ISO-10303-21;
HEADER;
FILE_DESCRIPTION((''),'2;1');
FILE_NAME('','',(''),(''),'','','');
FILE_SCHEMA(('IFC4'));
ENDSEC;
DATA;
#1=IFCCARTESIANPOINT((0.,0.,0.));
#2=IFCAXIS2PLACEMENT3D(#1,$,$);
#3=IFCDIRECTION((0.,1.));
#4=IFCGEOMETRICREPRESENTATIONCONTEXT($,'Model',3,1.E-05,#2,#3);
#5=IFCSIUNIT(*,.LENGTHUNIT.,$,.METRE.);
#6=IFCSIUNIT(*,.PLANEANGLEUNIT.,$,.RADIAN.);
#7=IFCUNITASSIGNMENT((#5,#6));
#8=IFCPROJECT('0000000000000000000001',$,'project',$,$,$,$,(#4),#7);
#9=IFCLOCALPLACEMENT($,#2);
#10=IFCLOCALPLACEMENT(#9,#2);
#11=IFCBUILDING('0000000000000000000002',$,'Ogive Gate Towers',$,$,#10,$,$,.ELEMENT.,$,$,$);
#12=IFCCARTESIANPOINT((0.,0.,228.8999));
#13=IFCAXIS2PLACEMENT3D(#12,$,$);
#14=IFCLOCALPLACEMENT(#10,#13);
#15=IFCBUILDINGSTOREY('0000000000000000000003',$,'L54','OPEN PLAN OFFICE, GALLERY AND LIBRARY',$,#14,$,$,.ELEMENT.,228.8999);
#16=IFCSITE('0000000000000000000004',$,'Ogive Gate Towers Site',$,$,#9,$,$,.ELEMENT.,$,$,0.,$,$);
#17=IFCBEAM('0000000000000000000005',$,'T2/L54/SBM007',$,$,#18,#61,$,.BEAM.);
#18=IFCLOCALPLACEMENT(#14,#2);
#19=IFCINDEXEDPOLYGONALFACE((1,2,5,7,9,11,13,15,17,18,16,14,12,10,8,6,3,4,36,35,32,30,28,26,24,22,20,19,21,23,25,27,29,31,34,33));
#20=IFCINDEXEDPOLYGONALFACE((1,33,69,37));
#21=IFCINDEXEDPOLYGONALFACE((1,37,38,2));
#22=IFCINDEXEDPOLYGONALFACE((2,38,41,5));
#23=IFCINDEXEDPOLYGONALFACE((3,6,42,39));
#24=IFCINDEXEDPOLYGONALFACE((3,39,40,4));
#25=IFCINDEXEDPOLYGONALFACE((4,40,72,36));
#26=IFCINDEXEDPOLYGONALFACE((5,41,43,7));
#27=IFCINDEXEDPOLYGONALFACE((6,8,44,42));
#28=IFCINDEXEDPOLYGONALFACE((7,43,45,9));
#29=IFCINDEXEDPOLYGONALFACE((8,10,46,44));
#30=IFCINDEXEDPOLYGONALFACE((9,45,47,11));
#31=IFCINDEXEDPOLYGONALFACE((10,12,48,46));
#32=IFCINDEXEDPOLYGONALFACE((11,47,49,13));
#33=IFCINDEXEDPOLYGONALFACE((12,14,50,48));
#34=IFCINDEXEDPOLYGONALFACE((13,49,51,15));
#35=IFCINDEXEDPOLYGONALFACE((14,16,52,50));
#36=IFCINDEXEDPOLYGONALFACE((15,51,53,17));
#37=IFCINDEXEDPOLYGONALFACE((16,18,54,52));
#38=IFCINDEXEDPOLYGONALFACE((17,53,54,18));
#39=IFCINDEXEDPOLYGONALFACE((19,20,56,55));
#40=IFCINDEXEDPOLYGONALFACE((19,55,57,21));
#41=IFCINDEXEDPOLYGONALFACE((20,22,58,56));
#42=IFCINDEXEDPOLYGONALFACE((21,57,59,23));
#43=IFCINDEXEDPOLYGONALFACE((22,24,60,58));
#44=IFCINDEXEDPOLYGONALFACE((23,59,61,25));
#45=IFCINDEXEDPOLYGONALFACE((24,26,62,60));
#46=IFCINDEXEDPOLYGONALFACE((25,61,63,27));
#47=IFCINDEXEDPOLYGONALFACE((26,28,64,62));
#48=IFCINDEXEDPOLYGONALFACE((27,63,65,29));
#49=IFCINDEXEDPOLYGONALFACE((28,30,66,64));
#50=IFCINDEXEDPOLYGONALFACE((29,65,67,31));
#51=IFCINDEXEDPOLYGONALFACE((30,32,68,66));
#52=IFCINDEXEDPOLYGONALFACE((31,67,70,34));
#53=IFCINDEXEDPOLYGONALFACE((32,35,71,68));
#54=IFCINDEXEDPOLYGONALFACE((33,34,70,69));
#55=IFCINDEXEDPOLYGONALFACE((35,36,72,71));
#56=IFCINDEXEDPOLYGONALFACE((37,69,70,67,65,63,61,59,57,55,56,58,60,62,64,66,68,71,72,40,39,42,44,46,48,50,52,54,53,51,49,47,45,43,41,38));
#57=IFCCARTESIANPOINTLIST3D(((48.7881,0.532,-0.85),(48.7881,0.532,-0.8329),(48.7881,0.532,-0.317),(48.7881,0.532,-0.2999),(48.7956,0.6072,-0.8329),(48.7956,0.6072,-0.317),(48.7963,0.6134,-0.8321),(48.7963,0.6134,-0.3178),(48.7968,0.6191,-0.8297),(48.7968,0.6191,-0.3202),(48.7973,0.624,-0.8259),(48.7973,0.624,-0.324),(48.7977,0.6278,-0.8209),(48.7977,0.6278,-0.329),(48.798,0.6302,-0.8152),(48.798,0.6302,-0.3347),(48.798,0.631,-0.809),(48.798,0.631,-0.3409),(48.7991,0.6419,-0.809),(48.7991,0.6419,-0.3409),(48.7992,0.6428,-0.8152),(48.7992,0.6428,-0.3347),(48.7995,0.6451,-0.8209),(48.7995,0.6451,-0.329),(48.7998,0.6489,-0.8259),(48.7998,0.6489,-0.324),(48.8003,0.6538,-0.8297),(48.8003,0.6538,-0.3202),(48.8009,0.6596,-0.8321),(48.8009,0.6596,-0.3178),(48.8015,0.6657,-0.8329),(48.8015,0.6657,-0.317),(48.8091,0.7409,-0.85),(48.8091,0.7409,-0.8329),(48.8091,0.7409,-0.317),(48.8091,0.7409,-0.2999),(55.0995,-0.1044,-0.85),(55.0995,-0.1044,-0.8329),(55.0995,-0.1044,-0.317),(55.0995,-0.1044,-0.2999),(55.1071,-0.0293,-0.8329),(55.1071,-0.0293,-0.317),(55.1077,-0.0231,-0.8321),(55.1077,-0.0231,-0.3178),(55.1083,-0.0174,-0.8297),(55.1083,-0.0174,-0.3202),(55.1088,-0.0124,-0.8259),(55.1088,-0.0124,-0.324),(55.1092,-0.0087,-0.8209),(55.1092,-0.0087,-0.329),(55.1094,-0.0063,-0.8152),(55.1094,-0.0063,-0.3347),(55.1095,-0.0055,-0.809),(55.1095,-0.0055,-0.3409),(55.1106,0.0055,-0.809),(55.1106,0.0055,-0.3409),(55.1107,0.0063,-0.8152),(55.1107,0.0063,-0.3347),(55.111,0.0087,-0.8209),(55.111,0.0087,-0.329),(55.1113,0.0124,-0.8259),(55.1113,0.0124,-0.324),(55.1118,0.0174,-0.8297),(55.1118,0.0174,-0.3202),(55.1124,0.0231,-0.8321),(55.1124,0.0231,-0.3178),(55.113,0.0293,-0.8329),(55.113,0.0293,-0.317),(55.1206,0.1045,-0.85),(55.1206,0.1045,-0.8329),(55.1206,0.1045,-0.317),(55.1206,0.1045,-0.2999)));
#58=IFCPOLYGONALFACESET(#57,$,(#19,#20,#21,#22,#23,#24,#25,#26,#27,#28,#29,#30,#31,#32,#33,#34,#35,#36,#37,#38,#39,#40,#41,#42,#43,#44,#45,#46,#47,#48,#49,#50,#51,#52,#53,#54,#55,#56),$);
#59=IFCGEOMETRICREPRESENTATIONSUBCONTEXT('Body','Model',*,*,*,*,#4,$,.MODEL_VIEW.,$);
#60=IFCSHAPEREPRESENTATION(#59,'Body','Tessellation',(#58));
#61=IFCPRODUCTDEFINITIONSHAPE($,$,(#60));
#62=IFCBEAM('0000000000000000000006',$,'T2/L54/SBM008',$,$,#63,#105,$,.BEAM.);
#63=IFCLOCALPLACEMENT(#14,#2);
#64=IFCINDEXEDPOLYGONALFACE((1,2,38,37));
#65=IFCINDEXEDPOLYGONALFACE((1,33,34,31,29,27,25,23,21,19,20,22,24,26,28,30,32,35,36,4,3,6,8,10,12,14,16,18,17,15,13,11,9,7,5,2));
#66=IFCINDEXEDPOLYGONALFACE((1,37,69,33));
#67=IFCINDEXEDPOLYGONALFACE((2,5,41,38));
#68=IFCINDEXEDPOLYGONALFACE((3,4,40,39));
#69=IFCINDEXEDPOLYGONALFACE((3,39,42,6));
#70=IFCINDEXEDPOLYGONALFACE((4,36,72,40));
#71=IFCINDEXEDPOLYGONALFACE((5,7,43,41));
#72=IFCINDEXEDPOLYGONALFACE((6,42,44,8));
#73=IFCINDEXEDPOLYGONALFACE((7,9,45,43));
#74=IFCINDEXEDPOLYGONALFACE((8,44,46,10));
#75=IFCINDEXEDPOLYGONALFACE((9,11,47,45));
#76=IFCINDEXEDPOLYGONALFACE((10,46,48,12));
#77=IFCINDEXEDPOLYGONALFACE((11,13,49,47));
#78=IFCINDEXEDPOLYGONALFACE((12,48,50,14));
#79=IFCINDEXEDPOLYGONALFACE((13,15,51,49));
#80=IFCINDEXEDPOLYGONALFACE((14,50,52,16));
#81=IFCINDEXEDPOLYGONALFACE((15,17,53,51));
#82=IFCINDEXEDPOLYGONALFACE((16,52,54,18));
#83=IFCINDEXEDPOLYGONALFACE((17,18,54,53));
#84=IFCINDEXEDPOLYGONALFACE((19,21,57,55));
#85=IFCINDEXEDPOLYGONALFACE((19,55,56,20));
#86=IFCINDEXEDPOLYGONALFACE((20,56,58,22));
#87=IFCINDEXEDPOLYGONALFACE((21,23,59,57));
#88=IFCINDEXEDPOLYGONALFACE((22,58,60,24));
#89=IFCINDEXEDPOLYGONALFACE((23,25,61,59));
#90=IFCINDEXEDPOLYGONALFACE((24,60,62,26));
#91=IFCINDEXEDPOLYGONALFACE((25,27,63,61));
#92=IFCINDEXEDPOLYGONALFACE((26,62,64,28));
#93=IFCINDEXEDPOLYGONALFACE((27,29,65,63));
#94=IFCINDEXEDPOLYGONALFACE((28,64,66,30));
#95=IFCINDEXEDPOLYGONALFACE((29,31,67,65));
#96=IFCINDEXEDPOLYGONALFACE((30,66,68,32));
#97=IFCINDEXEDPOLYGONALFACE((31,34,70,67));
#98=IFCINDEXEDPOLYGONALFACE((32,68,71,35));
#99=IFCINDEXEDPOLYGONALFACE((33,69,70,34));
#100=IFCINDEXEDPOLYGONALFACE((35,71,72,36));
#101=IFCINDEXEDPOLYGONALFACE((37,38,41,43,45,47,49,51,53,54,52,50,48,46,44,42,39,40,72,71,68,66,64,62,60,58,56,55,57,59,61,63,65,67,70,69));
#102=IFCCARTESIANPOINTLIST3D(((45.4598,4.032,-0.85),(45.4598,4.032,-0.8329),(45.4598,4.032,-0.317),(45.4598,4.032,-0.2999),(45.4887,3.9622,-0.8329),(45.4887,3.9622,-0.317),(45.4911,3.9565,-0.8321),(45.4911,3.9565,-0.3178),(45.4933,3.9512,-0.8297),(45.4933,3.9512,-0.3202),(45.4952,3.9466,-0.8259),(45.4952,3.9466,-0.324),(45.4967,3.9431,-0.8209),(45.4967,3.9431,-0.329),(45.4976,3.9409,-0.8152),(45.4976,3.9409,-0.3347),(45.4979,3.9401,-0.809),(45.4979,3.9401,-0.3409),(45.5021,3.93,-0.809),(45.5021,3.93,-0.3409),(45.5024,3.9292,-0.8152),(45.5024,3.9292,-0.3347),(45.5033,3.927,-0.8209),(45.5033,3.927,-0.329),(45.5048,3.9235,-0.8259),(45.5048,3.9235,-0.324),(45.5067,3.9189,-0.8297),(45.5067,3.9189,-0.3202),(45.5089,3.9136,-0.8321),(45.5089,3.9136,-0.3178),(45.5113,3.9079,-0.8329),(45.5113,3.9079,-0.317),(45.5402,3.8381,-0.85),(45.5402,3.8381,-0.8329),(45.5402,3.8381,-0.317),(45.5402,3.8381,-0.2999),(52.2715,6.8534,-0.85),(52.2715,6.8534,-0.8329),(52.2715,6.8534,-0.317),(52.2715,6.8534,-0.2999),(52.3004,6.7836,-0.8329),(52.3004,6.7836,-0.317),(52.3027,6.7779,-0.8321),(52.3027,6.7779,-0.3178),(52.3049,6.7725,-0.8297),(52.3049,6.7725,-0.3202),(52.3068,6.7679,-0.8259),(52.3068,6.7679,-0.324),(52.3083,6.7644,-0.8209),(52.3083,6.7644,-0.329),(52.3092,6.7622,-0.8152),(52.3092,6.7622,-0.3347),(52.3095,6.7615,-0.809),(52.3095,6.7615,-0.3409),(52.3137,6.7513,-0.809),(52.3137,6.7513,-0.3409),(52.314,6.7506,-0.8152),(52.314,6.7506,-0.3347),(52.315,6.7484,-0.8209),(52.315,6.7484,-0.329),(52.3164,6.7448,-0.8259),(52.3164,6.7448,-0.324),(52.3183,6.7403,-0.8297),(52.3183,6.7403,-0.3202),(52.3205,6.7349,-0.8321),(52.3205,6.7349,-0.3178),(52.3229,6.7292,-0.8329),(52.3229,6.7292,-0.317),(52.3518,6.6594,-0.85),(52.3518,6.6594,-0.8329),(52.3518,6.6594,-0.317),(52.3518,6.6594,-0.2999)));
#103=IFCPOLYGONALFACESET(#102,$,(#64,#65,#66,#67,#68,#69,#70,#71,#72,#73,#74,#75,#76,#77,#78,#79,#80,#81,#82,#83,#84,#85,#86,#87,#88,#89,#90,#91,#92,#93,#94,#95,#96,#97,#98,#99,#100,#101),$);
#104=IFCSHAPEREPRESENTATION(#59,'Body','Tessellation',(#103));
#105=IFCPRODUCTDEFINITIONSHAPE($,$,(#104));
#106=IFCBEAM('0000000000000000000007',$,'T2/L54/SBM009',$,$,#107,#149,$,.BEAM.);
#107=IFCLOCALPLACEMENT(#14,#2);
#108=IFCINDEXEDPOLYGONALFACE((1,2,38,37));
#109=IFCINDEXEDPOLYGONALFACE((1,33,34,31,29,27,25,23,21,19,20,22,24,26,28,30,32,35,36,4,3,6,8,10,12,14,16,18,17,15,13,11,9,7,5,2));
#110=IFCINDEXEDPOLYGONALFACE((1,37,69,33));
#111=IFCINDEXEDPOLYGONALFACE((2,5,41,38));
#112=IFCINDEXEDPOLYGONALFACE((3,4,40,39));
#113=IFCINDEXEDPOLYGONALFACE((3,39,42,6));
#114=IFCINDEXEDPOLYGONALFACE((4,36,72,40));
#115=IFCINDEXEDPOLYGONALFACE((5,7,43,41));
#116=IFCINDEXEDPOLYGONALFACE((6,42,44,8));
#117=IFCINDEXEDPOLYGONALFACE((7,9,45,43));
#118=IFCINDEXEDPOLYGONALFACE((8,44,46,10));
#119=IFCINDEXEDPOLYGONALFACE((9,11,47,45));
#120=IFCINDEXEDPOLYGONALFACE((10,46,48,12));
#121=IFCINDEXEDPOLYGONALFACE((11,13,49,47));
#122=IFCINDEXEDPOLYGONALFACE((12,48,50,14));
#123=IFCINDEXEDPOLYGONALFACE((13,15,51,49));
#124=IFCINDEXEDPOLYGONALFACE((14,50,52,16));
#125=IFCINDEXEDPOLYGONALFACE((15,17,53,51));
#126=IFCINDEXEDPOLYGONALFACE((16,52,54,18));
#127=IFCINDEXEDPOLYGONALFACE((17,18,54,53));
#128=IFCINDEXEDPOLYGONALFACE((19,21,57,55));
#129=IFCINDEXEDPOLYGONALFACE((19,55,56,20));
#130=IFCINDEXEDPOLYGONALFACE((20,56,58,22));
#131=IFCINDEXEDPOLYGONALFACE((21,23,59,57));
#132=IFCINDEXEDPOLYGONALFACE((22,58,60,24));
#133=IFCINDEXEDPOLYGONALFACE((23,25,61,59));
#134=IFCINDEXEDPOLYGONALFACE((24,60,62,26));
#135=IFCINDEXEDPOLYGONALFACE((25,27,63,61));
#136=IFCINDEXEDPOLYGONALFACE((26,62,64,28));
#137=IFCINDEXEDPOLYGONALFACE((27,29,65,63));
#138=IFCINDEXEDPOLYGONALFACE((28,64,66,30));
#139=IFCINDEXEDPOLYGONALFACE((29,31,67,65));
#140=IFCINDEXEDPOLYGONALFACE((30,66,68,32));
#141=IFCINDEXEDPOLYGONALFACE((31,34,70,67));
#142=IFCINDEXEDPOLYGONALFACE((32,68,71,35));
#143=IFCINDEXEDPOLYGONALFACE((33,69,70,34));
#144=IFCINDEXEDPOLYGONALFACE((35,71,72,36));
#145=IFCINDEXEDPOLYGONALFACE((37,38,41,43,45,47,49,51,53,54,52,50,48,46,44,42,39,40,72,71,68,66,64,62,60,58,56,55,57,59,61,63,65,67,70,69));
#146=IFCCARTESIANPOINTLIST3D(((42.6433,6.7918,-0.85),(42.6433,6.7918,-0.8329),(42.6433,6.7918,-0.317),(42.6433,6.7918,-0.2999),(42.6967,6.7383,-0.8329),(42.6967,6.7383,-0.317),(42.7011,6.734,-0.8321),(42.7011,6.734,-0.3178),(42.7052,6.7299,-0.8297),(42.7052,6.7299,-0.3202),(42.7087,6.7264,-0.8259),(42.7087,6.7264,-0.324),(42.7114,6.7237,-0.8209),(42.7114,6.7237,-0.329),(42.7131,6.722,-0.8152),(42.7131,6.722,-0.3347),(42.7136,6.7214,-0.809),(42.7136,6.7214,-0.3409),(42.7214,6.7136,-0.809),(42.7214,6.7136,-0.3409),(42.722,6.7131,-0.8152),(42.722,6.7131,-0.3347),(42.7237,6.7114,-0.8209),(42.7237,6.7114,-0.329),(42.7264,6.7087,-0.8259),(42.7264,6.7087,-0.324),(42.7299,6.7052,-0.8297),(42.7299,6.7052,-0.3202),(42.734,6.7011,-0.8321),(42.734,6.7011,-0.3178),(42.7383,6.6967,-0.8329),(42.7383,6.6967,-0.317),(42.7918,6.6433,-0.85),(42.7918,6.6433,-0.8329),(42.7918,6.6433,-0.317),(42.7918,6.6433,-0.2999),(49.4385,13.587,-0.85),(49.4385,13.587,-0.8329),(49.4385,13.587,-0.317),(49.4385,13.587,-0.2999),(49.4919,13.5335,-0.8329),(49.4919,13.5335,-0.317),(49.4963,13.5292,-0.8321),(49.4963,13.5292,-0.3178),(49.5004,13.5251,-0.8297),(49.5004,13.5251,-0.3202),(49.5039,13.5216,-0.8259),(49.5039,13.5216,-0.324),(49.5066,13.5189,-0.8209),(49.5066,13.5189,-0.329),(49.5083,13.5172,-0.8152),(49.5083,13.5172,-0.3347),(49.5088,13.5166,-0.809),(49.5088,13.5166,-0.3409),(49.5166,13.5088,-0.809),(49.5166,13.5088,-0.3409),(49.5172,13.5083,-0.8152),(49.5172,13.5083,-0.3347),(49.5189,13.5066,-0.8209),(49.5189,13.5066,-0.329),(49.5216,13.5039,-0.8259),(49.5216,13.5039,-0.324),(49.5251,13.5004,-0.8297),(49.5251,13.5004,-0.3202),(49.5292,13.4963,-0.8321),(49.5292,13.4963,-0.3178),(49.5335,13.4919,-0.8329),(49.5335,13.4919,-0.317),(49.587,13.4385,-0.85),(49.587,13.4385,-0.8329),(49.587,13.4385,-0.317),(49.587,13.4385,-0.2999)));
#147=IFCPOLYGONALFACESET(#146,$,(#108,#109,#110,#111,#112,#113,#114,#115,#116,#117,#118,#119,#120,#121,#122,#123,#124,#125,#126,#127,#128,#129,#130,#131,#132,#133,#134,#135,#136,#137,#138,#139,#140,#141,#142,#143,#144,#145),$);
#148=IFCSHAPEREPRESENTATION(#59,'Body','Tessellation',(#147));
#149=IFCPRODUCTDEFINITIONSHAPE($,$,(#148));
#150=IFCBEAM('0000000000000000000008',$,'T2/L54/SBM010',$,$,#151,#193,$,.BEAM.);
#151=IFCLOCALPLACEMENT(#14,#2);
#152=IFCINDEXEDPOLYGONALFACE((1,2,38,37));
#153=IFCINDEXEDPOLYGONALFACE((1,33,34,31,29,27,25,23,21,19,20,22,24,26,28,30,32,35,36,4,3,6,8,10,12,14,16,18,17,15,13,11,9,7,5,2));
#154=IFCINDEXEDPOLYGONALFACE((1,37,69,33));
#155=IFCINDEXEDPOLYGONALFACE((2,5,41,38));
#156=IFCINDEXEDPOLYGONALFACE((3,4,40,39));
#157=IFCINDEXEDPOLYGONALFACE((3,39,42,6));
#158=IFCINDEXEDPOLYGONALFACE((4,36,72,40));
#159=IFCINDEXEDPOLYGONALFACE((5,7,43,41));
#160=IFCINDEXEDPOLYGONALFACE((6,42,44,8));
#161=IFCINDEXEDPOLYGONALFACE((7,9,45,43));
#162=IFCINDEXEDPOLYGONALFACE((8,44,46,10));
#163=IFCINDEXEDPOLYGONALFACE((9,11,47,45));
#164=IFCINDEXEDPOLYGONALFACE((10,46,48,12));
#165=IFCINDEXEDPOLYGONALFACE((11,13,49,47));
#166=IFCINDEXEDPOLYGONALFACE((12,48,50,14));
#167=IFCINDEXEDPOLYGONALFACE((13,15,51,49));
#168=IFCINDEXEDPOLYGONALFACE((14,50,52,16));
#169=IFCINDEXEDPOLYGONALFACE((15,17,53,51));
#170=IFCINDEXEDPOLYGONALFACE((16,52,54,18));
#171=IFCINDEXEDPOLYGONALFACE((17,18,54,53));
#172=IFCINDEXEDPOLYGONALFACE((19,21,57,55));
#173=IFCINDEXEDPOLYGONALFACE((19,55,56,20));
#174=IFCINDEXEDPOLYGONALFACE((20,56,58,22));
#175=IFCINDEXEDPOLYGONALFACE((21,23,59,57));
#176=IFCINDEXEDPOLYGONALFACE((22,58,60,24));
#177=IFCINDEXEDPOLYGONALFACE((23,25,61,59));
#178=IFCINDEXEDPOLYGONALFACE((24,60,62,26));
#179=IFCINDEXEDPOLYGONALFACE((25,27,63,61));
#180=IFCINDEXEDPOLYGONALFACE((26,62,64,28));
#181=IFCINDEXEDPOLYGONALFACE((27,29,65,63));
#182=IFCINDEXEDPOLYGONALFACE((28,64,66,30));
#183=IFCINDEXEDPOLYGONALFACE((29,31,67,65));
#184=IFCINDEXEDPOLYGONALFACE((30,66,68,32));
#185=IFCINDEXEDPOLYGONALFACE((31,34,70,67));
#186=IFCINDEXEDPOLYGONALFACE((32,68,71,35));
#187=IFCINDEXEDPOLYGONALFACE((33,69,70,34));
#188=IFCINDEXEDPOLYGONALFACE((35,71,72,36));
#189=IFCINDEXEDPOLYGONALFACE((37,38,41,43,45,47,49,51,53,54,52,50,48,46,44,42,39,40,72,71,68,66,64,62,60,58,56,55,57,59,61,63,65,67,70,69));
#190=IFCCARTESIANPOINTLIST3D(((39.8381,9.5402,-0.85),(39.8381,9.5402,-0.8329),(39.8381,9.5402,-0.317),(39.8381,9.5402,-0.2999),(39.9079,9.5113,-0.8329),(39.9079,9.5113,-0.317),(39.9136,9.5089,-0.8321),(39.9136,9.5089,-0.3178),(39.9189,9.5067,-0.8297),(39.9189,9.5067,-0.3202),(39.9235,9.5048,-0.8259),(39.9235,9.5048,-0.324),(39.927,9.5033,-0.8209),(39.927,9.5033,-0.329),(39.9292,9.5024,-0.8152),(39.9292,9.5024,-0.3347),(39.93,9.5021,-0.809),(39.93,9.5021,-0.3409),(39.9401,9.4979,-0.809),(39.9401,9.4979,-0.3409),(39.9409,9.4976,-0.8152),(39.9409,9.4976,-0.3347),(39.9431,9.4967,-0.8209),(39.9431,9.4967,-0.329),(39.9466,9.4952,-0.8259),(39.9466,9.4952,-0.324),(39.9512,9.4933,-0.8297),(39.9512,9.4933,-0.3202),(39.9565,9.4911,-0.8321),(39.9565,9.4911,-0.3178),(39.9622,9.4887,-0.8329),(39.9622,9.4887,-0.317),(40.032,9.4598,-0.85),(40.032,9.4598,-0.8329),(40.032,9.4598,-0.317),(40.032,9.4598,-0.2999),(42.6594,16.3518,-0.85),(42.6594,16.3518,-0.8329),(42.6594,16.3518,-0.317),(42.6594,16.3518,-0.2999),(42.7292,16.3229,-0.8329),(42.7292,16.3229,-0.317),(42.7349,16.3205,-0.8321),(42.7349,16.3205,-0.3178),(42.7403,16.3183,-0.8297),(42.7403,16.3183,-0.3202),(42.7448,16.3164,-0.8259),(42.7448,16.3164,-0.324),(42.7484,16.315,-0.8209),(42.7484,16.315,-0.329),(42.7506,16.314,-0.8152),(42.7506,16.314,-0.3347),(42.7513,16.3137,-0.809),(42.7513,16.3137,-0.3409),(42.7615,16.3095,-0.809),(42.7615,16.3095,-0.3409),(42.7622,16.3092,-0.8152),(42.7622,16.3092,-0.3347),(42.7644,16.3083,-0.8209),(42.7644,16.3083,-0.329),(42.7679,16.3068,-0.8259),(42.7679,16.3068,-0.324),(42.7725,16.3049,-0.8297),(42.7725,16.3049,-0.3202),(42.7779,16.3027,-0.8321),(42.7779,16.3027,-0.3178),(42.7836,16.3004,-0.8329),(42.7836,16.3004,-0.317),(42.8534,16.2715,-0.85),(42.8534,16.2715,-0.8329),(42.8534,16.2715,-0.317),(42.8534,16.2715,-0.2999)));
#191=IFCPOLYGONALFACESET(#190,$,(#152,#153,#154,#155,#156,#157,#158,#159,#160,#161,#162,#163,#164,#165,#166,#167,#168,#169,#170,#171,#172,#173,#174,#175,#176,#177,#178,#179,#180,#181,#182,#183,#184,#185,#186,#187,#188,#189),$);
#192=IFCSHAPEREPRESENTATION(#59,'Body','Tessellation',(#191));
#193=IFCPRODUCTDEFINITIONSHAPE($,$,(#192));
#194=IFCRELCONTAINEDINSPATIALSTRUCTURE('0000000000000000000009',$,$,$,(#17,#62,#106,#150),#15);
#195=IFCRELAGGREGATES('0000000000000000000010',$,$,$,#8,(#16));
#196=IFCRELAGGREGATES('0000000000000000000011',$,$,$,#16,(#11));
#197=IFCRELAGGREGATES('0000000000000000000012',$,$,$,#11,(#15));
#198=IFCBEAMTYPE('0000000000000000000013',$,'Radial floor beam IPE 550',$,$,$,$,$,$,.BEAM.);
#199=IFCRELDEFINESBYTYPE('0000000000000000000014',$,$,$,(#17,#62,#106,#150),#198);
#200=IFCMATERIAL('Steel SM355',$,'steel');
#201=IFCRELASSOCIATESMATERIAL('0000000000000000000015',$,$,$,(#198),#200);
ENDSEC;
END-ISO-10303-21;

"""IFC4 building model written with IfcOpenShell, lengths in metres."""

from ifc_helpers import new_model, si_unit, direction, frame, origin, origin_2d, place, context, subcontext, project, spatial, i_section, extrude, material, material_profile, profile_set, type_object, element, save


model = new_model("IFC4")

# Units and contexts
model_context = context("Model", 3, precision=1e-05, world=origin(), true_north=direction((0.0, 1.0)))
body_context = subcontext(model_context, "Body", "Model", "MODEL_VIEW")
ifc_project = project(units=[si_unit("LENGTHUNIT", "METRE"), si_unit("PLANEANGLEUNIT", "RADIAN")], contexts=[model_context])

# Site, building, storey
site_placement = place(None, origin())
site = spatial("IfcSite", under=ifc_project, at=site_placement, Name="Ogive Gate Towers Site", CompositionType="ELEMENT", RefElevation=0.0)
building_placement = place(site_placement, origin())
building = spatial("IfcBuilding", under=site, at=building_placement, Name="Ogive Gate Towers", CompositionType="ELEMENT")
storey_placement = place(building_placement, frame((0.0, 0.0, 228.8999)))
storey = spatial("IfcBuildingStorey", under=building, at=storey_placement, Name="L54", Description="OPEN PLAN OFFICE, GALLERY AND LIBRARY", CompositionType="ELEMENT", Elevation=228.8999)

# Beams
ifc_material_1 = material(Name="Steel SM355", Category="steel")
ifc_material_profile_1 = material_profile(ifc_material_1, i_section(OverallWidth=0.21, OverallDepth=0.55, WebThickness=0.011, FlangeThickness=0.0171, FilletRadius=0.0239, at=origin_2d()), Name="IPE 550")
ifc_profile_set_1 = profile_set([ifc_material_profile_1], Name="Steel SM355")
beam_type = type_object("IfcBeamType", Name="Radial floor beam IPE 550", PredefinedType="BEAM", material=ifc_profile_set_1)
beam_1_placement = place(storey_placement, frame((48.7986, 0.6365, -0.575), z_axis=(0.994954, -0.100334, 0.0), x_axis=(0.100334, 0.994954, 0.0)))
element("IfcBeam", 1, at=beam_1_placement, inside=storey, type_object=beam_type, Name="T2/L54/SBM007", PredefinedType="BEAM", context=body_context, shape_type="SweptSolid", body=[
    extrude(i_section(OverallWidth=0.21, OverallDepth=0.55, WebThickness=0.011, FlangeThickness=0.0171, FilletRadius=0.0239, at=origin_2d()), origin(), (0.0, 0.0, 1.0), 6.3435),
])
beam_2_placement = place(storey_placement, frame((45.5, 3.9351, -0.575), z_axis=(0.923886, 0.382668, 0.0), x_axis=(-0.382668, 0.923886, 0.0)))
element("IfcBeam", 2, at=beam_2_placement, inside=storey, type_object=beam_type, Name="T2/L54/SBM008", PredefinedType="BEAM", context=body_context, shape_type="SweptSolid", body=[
    extrude(i_section(OverallWidth=0.21, OverallDepth=0.55, WebThickness=0.011, FlangeThickness=0.0171, FilletRadius=0.0239, at=origin_2d()), origin(), (0.0, 0.0, 1.0), 7.3728),
])
beam_3_placement = place(storey_placement, frame((42.7175, 6.7175, -0.575), z_axis=(0.707107, 0.707107, 0.0), x_axis=(-0.707107, 0.707107, 0.0)))
element("IfcBeam", 3, at=beam_3_placement, inside=storey, type_object=beam_type, Name="T2/L54/SBM009", PredefinedType="BEAM", context=body_context, shape_type="SweptSolid", body=[
    extrude(i_section(OverallWidth=0.21, OverallDepth=0.55, WebThickness=0.011, FlangeThickness=0.0171, FilletRadius=0.0239, at=origin_2d()), origin(), (0.0, 0.0, 1.0), 9.6099),
])
beam_4_placement = place(storey_placement, frame((39.9351, 9.5, -0.575), z_axis=(0.382668, 0.923886, 0.0), x_axis=(-0.923886, 0.382668, 0.0)))
element("IfcBeam", 4, at=beam_4_placement, inside=storey, type_object=beam_type, Name="T2/L54/SBM010", PredefinedType="BEAM", context=body_context, shape_type="SweptSolid", body=[
    extrude(i_section(OverallWidth=0.21, OverallDepth=0.55, WebThickness=0.011, FlangeThickness=0.0171, FilletRadius=0.0239, at=origin_2d()), origin(), (0.0, 0.0, 1.0), 7.3728),
])

save(model, "model.ifc")
